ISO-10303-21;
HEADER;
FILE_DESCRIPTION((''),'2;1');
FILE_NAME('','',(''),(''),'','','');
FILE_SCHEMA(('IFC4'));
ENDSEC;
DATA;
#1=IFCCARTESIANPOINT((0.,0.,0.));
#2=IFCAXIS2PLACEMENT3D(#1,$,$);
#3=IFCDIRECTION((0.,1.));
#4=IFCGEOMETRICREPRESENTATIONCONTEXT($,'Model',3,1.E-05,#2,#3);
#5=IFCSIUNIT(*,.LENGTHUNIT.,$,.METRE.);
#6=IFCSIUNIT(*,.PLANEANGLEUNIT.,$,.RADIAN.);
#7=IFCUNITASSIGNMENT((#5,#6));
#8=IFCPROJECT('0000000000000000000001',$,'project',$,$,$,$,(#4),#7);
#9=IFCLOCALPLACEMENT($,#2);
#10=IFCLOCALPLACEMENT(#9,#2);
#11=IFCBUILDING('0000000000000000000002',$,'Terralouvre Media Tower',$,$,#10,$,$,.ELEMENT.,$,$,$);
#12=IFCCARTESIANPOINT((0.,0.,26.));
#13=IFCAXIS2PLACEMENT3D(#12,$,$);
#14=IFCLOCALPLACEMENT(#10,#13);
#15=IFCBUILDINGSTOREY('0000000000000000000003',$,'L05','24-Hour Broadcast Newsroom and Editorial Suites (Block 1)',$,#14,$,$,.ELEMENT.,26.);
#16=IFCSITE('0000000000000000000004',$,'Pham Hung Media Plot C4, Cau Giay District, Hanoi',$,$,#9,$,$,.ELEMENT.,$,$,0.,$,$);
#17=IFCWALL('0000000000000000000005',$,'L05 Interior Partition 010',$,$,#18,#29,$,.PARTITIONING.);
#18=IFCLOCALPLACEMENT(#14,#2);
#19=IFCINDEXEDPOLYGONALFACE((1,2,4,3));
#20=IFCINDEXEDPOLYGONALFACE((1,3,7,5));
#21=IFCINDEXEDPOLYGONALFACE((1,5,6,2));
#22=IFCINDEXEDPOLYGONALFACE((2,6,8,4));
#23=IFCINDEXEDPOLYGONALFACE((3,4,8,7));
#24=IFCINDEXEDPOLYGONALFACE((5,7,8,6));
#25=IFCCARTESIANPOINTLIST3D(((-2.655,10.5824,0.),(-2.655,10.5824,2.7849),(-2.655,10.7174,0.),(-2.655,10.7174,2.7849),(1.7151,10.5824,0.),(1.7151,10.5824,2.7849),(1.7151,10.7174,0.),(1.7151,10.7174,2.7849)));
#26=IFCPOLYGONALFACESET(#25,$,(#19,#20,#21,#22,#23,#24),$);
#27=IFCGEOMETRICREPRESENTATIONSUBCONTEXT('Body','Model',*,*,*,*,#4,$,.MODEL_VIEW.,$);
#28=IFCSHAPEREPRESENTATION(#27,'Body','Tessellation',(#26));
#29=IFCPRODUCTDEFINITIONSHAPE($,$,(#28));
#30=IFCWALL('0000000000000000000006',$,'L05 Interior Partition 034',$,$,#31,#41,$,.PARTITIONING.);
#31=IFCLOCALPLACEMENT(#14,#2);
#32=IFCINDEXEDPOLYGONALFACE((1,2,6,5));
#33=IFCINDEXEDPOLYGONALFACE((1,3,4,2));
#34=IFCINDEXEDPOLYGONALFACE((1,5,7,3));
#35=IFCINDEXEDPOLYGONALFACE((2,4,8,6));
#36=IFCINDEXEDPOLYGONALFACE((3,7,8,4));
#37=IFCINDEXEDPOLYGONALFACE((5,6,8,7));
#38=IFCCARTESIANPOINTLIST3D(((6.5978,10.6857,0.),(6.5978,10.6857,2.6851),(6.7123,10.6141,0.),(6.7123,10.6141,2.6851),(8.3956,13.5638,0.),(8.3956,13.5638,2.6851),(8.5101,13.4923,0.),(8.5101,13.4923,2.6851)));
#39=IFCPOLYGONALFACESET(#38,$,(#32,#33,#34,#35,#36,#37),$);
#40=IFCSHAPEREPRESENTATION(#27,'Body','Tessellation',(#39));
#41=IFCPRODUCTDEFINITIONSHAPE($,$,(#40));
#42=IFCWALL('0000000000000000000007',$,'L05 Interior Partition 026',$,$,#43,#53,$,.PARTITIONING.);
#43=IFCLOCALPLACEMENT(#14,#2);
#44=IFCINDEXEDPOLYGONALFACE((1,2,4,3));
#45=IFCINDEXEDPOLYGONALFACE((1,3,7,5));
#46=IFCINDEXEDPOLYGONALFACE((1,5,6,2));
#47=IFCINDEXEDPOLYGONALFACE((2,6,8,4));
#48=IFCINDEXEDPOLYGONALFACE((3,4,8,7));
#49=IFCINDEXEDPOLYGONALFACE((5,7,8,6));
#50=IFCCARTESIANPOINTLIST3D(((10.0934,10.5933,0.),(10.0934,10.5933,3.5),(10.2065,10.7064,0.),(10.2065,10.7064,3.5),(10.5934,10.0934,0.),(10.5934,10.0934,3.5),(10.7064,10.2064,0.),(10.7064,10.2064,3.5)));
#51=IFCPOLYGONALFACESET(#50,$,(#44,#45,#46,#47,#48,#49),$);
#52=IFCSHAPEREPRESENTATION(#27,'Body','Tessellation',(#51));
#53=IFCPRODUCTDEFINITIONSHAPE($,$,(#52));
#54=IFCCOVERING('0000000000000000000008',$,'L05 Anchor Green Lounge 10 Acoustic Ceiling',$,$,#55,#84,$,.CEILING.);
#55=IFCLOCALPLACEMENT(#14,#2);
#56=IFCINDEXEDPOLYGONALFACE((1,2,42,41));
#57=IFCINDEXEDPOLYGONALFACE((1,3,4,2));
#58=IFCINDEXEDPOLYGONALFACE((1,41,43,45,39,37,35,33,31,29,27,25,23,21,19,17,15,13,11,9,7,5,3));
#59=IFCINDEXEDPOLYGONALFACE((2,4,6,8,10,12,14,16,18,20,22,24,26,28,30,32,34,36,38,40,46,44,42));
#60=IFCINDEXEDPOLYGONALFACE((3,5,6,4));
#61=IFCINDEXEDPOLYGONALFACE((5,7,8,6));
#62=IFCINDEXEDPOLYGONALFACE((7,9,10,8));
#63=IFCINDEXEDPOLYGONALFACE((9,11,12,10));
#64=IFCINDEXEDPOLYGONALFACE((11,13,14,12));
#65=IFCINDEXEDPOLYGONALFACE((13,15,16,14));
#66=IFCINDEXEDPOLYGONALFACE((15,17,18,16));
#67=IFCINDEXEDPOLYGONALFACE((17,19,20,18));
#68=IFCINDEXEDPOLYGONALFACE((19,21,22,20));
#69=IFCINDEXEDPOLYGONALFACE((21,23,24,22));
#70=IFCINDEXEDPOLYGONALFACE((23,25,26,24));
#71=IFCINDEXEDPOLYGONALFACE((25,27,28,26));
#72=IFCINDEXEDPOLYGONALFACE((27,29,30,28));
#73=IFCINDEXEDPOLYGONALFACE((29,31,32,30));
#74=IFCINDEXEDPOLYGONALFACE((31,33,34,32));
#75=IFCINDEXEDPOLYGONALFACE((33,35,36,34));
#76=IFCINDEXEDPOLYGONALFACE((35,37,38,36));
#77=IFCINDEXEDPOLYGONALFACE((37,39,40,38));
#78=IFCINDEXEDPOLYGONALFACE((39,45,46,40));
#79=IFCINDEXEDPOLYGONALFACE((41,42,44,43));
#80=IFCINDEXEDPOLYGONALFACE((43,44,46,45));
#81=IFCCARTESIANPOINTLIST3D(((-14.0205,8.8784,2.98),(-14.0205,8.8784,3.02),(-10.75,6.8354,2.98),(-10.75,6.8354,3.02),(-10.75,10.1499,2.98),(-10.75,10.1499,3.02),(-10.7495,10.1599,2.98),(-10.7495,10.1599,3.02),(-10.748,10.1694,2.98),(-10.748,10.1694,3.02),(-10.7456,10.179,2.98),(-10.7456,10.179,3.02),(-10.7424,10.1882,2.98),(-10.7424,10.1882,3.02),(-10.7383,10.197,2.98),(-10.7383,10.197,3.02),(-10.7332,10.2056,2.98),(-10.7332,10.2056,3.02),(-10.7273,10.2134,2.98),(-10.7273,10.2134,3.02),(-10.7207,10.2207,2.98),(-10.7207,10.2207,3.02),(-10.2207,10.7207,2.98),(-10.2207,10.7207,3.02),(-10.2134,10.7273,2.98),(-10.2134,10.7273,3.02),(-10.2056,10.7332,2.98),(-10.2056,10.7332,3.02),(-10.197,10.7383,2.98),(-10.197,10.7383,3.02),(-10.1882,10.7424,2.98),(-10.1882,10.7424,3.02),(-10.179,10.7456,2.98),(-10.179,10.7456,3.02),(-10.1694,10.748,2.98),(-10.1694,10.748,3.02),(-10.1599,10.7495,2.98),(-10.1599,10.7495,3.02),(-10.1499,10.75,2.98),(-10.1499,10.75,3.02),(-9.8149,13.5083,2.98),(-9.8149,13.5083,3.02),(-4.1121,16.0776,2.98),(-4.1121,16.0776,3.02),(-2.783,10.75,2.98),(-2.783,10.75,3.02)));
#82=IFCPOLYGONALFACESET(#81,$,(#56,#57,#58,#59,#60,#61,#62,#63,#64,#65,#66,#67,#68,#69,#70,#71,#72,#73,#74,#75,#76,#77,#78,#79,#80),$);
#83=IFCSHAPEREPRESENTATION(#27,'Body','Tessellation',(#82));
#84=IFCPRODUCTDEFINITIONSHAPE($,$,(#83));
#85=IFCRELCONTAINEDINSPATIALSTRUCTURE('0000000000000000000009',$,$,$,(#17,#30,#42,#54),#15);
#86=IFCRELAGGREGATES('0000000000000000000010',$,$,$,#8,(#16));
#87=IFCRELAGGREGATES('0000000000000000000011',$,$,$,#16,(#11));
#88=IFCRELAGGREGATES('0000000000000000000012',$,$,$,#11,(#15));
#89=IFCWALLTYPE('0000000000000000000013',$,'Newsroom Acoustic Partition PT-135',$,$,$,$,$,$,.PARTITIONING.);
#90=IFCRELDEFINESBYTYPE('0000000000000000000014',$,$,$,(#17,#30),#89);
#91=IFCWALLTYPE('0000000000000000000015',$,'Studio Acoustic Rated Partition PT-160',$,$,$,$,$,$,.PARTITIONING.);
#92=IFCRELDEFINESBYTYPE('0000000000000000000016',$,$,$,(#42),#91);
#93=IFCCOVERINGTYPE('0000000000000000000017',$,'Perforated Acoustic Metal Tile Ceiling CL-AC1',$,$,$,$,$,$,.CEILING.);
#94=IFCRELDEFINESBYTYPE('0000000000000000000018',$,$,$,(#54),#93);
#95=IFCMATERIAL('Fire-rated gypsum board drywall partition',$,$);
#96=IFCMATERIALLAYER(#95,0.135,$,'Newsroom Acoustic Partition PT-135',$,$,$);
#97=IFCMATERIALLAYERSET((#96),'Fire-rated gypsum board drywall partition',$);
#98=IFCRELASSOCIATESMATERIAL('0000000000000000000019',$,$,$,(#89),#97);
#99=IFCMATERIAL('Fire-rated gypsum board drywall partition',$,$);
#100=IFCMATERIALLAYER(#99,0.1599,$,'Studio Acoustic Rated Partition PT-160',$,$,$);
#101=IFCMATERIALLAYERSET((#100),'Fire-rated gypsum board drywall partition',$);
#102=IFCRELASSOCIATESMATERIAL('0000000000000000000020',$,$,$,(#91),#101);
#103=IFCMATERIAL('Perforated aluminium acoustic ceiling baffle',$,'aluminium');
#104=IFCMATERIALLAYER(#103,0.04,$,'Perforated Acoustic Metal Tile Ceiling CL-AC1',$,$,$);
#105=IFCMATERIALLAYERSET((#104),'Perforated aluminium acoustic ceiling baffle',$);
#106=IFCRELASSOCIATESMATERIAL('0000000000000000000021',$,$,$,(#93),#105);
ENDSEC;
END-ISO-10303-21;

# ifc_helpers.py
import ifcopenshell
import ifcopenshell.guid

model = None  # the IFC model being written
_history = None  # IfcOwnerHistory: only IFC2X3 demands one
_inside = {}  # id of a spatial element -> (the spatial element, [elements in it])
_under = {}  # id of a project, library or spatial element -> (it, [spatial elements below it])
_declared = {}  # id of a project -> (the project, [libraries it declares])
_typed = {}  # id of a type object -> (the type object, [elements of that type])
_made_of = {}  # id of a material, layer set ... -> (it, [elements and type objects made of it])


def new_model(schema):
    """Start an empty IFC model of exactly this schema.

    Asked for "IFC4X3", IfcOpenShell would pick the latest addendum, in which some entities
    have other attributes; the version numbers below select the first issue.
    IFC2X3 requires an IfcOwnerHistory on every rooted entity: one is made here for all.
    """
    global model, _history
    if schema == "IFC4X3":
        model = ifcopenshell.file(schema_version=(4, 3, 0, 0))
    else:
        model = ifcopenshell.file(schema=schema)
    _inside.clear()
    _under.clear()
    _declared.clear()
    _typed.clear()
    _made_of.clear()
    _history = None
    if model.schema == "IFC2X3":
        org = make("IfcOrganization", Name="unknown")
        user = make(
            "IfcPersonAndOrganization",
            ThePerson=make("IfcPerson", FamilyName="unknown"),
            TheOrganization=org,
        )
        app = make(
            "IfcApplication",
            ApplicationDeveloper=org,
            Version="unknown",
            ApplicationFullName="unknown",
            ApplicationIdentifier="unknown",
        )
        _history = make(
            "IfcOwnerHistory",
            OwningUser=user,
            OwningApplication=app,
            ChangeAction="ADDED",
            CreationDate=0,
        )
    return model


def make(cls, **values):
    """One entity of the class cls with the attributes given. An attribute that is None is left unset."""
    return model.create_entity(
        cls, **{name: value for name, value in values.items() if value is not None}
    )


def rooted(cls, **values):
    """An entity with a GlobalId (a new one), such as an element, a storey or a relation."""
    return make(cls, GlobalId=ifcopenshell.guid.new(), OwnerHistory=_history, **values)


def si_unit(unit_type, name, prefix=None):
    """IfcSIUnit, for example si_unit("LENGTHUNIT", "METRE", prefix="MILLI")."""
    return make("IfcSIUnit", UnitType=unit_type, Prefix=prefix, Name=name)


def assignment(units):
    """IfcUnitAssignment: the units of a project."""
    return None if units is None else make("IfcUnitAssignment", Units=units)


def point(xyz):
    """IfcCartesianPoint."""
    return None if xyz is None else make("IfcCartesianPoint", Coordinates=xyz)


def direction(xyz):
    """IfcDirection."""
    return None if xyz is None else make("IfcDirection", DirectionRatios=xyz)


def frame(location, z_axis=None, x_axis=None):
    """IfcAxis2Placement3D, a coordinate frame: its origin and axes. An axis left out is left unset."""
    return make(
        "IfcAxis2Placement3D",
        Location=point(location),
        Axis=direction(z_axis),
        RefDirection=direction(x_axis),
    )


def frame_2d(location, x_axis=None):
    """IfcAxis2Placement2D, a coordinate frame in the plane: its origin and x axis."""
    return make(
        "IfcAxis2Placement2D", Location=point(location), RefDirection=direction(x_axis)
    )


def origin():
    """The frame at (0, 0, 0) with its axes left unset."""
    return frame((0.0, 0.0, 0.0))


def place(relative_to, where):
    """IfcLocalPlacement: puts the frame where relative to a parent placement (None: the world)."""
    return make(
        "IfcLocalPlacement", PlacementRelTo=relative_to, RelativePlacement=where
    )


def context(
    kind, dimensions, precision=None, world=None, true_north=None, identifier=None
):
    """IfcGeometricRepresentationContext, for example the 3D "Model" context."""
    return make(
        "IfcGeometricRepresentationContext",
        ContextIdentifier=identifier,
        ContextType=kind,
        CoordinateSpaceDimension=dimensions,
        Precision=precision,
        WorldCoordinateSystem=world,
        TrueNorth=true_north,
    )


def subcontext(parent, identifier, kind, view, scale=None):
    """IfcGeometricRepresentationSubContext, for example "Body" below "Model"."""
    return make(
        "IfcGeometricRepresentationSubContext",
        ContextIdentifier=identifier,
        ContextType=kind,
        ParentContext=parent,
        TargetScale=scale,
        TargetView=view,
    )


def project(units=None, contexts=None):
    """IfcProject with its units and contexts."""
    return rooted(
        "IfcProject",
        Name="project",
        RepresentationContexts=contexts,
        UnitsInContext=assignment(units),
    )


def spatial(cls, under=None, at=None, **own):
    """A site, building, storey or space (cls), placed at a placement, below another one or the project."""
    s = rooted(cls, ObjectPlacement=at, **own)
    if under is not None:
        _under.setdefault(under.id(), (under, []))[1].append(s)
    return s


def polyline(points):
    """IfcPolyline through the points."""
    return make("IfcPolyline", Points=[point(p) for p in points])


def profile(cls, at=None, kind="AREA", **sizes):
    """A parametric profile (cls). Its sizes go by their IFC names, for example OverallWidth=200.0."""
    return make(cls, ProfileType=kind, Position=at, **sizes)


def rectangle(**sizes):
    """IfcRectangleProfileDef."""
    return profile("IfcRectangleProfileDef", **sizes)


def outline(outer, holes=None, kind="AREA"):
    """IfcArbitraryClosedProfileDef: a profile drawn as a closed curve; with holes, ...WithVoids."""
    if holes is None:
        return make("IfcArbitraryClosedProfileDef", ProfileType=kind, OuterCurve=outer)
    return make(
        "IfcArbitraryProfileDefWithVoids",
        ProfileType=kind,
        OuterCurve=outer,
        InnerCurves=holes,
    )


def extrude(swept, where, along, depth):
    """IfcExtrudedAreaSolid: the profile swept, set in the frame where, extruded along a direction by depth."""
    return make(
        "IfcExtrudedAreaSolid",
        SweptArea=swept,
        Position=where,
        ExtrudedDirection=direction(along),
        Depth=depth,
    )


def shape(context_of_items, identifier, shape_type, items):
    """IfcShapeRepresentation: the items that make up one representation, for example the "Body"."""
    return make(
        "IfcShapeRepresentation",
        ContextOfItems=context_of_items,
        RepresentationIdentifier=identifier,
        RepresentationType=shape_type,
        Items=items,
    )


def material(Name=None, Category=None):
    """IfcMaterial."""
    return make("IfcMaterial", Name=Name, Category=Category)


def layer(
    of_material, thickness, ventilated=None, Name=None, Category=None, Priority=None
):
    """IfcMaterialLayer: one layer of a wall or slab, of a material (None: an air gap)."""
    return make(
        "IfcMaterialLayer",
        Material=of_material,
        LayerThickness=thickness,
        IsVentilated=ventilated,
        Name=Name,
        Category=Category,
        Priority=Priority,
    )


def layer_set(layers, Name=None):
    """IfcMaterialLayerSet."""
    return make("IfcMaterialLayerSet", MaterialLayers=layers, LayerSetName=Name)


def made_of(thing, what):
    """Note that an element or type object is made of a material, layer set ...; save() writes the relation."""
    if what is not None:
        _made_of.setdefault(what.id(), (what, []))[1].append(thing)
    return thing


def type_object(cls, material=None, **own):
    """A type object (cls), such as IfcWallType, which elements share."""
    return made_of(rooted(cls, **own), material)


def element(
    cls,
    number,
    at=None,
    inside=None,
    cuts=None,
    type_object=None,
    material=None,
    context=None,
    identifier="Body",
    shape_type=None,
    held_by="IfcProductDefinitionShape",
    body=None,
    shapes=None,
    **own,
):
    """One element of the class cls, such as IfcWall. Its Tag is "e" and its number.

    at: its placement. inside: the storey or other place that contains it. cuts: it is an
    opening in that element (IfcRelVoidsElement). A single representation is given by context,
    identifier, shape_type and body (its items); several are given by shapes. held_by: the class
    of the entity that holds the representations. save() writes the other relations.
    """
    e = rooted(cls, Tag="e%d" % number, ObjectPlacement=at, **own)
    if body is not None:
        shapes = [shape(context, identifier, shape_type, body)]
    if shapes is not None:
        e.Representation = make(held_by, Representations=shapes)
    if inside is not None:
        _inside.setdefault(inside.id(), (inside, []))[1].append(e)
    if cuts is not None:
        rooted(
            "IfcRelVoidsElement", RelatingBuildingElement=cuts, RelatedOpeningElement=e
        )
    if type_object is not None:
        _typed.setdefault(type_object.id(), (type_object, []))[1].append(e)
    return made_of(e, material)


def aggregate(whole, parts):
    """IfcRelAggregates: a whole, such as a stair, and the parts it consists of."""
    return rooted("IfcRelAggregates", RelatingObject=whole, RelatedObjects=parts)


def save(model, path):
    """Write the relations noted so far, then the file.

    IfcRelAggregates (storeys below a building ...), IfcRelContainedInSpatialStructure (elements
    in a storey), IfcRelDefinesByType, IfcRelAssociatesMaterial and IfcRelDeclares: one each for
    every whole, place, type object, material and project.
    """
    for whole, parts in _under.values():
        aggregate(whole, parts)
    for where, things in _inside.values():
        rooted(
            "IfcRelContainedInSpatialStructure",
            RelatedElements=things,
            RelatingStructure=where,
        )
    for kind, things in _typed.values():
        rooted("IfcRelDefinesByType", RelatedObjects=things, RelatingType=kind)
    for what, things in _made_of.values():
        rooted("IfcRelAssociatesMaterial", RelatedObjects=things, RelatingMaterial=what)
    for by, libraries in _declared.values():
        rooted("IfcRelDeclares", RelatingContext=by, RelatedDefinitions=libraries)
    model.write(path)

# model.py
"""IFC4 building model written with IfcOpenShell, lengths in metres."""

from ifc_helpers import new_model, si_unit, direction, frame, frame_2d, origin, place, context, subcontext, project, spatial, polyline, rectangle, outline, extrude, material, layer, layer_set, type_object, element, save


model = new_model("IFC4")

# Units and contexts
model_context = context("Model", 3, precision=1e-05, world=origin(), true_north=direction((0.0, 1.0)))
body_context = subcontext(model_context, "Body", "Model", "MODEL_VIEW")
ifc_project = project(units=[si_unit("LENGTHUNIT", "METRE"), si_unit("PLANEANGLEUNIT", "RADIAN")], contexts=[model_context])

# Site, building, storey
site_placement = place(None, origin())
site = spatial("IfcSite", under=ifc_project, at=site_placement, Name="Pham Hung Media Plot C4, Cau Giay District, Hanoi", CompositionType="ELEMENT", RefElevation=0.0)
building_placement = place(site_placement, origin())
building = spatial("IfcBuilding", under=site, at=building_placement, Name="Terralouvre Media Tower", CompositionType="ELEMENT")
storey_placement = place(building_placement, frame((0.0, 0.0, 26.0)))
storey = spatial("IfcBuildingStorey", under=building, at=storey_placement, Name="L05", Description="24-Hour Broadcast Newsroom and Editorial Suites (Block 1)", CompositionType="ELEMENT", Elevation=26.0)

# Walls
ifc_material_1 = material(Name="Fire-rated gypsum board drywall partition")
ifc_layer_1 = layer(ifc_material_1, 0.135, Name="Newsroom Acoustic Partition PT-135")
ifc_layer_set_1 = layer_set([ifc_layer_1], Name="Fire-rated gypsum board drywall partition")
wall_type_1 = type_object("IfcWallType", Name="Newsroom Acoustic Partition PT-135", PredefinedType="PARTITIONING", material=ifc_layer_set_1)
wall_1_placement = place(storey_placement, frame((1.7151, 10.6499, 0.0), z_axis=(0.0, 0.0, 1.0), x_axis=(-1.0, 0.0, 0.0)))
element("IfcWall", 1, at=wall_1_placement, inside=storey, type_object=wall_type_1, Name="L05 Interior Partition 010", PredefinedType="PARTITIONING", context=body_context, shape_type="SweptSolid", body=[
    extrude(rectangle(XDim=4.3701, YDim=0.135, at=frame_2d((2.1851, 0.0))), origin(), (0.0, 0.0, 1.0), 2.7849),
])
wall_2_placement = place(storey_placement, frame((6.655, 10.6499, 0.0), z_axis=(0.0, 0.0, 1.0), x_axis=(0.529786, 0.848132, 0.0)))
element("IfcWall", 2, at=wall_2_placement, inside=storey, type_object=wall_type_1, Name="L05 Interior Partition 034", PredefinedType="PARTITIONING", context=body_context, shape_type="SweptSolid", body=[
    extrude(rectangle(XDim=3.3936, YDim=0.135, at=frame_2d((1.6968, 0.0))), origin(), (0.0, 0.0, 1.0), 2.6851),
])

# Shared definitions
ifc_material_2 = material(Name="Fire-rated gypsum board drywall partition")
ifc_layer_2 = layer(ifc_material_2, 0.1599, Name="Studio Acoustic Rated Partition PT-160")
ifc_layer_set_2 = layer_set([ifc_layer_2], Name="Fire-rated gypsum board drywall partition")
wall_type_2 = type_object("IfcWallType", Name="Studio Acoustic Rated Partition PT-160", PredefinedType="PARTITIONING", material=ifc_layer_set_2)

# Wall
wall_3_placement = place(storey_placement, frame((10.6499, 10.1499, 0.0), z_axis=(0.0, 0.0, 1.0), x_axis=(-0.707107, 0.707107, 0.0)))
element("IfcWall", 3, at=wall_3_placement, inside=storey, type_object=wall_type_2, Name="L05 Interior Partition 026", PredefinedType="PARTITIONING", context=body_context, shape_type="SweptSolid", body=[
    extrude(rectangle(XDim=0.707, YDim=0.1599, at=frame_2d((0.3535, 0.0))), origin(), (0.0, 0.0, 1.0), 3.5),
])

# Covering
ifc_material_3 = material(Name="Perforated aluminium acoustic ceiling baffle", Category="aluminium")
ifc_layer_3 = layer(ifc_material_3, 0.04, Name="Perforated Acoustic Metal Tile Ceiling CL-AC1")
ifc_layer_set_3 = layer_set([ifc_layer_3], Name="Perforated aluminium acoustic ceiling baffle")
covering_type = type_object("IfcCoveringType", Name="Perforated Acoustic Metal Tile Ceiling CL-AC1", PredefinedType="CEILING", material=ifc_layer_set_3)
covering_placement = place(storey_placement, frame((0.0, 0.0, 2.98)))
element("IfcCovering", 4, at=covering_placement, inside=storey, type_object=covering_type, Name="L05 Anchor Green Lounge 10 Acoustic Ceiling", PredefinedType="CEILING", context=body_context, shape_type="SweptSolid", body=[
    extrude(outline(polyline([(-9.8149, 13.5083), (-14.0205, 8.8784), (-10.75, 6.8354), (-10.75, 10.1499), (-10.7495, 10.1599), (-10.748, 10.1694), (-10.7456, 10.179), (-10.7424, 10.1882), (-10.7383, 10.197), (-10.7332, 10.2056), (-10.7273, 10.2134), (-10.7207, 10.2207), (-10.2207, 10.7207), (-10.2134, 10.7273), (-10.2056, 10.7332), (-10.197, 10.7383), (-10.1882, 10.7424), (-10.179, 10.7456), (-10.1694, 10.748), (-10.1599, 10.7495), (-10.1499, 10.75), (-2.783, 10.75), (-4.1121, 16.0776), (-9.8149, 13.5083)])), origin(), (0.0, 0.0, 1.0), 0.04),
])

save(model, "model.ifc")
